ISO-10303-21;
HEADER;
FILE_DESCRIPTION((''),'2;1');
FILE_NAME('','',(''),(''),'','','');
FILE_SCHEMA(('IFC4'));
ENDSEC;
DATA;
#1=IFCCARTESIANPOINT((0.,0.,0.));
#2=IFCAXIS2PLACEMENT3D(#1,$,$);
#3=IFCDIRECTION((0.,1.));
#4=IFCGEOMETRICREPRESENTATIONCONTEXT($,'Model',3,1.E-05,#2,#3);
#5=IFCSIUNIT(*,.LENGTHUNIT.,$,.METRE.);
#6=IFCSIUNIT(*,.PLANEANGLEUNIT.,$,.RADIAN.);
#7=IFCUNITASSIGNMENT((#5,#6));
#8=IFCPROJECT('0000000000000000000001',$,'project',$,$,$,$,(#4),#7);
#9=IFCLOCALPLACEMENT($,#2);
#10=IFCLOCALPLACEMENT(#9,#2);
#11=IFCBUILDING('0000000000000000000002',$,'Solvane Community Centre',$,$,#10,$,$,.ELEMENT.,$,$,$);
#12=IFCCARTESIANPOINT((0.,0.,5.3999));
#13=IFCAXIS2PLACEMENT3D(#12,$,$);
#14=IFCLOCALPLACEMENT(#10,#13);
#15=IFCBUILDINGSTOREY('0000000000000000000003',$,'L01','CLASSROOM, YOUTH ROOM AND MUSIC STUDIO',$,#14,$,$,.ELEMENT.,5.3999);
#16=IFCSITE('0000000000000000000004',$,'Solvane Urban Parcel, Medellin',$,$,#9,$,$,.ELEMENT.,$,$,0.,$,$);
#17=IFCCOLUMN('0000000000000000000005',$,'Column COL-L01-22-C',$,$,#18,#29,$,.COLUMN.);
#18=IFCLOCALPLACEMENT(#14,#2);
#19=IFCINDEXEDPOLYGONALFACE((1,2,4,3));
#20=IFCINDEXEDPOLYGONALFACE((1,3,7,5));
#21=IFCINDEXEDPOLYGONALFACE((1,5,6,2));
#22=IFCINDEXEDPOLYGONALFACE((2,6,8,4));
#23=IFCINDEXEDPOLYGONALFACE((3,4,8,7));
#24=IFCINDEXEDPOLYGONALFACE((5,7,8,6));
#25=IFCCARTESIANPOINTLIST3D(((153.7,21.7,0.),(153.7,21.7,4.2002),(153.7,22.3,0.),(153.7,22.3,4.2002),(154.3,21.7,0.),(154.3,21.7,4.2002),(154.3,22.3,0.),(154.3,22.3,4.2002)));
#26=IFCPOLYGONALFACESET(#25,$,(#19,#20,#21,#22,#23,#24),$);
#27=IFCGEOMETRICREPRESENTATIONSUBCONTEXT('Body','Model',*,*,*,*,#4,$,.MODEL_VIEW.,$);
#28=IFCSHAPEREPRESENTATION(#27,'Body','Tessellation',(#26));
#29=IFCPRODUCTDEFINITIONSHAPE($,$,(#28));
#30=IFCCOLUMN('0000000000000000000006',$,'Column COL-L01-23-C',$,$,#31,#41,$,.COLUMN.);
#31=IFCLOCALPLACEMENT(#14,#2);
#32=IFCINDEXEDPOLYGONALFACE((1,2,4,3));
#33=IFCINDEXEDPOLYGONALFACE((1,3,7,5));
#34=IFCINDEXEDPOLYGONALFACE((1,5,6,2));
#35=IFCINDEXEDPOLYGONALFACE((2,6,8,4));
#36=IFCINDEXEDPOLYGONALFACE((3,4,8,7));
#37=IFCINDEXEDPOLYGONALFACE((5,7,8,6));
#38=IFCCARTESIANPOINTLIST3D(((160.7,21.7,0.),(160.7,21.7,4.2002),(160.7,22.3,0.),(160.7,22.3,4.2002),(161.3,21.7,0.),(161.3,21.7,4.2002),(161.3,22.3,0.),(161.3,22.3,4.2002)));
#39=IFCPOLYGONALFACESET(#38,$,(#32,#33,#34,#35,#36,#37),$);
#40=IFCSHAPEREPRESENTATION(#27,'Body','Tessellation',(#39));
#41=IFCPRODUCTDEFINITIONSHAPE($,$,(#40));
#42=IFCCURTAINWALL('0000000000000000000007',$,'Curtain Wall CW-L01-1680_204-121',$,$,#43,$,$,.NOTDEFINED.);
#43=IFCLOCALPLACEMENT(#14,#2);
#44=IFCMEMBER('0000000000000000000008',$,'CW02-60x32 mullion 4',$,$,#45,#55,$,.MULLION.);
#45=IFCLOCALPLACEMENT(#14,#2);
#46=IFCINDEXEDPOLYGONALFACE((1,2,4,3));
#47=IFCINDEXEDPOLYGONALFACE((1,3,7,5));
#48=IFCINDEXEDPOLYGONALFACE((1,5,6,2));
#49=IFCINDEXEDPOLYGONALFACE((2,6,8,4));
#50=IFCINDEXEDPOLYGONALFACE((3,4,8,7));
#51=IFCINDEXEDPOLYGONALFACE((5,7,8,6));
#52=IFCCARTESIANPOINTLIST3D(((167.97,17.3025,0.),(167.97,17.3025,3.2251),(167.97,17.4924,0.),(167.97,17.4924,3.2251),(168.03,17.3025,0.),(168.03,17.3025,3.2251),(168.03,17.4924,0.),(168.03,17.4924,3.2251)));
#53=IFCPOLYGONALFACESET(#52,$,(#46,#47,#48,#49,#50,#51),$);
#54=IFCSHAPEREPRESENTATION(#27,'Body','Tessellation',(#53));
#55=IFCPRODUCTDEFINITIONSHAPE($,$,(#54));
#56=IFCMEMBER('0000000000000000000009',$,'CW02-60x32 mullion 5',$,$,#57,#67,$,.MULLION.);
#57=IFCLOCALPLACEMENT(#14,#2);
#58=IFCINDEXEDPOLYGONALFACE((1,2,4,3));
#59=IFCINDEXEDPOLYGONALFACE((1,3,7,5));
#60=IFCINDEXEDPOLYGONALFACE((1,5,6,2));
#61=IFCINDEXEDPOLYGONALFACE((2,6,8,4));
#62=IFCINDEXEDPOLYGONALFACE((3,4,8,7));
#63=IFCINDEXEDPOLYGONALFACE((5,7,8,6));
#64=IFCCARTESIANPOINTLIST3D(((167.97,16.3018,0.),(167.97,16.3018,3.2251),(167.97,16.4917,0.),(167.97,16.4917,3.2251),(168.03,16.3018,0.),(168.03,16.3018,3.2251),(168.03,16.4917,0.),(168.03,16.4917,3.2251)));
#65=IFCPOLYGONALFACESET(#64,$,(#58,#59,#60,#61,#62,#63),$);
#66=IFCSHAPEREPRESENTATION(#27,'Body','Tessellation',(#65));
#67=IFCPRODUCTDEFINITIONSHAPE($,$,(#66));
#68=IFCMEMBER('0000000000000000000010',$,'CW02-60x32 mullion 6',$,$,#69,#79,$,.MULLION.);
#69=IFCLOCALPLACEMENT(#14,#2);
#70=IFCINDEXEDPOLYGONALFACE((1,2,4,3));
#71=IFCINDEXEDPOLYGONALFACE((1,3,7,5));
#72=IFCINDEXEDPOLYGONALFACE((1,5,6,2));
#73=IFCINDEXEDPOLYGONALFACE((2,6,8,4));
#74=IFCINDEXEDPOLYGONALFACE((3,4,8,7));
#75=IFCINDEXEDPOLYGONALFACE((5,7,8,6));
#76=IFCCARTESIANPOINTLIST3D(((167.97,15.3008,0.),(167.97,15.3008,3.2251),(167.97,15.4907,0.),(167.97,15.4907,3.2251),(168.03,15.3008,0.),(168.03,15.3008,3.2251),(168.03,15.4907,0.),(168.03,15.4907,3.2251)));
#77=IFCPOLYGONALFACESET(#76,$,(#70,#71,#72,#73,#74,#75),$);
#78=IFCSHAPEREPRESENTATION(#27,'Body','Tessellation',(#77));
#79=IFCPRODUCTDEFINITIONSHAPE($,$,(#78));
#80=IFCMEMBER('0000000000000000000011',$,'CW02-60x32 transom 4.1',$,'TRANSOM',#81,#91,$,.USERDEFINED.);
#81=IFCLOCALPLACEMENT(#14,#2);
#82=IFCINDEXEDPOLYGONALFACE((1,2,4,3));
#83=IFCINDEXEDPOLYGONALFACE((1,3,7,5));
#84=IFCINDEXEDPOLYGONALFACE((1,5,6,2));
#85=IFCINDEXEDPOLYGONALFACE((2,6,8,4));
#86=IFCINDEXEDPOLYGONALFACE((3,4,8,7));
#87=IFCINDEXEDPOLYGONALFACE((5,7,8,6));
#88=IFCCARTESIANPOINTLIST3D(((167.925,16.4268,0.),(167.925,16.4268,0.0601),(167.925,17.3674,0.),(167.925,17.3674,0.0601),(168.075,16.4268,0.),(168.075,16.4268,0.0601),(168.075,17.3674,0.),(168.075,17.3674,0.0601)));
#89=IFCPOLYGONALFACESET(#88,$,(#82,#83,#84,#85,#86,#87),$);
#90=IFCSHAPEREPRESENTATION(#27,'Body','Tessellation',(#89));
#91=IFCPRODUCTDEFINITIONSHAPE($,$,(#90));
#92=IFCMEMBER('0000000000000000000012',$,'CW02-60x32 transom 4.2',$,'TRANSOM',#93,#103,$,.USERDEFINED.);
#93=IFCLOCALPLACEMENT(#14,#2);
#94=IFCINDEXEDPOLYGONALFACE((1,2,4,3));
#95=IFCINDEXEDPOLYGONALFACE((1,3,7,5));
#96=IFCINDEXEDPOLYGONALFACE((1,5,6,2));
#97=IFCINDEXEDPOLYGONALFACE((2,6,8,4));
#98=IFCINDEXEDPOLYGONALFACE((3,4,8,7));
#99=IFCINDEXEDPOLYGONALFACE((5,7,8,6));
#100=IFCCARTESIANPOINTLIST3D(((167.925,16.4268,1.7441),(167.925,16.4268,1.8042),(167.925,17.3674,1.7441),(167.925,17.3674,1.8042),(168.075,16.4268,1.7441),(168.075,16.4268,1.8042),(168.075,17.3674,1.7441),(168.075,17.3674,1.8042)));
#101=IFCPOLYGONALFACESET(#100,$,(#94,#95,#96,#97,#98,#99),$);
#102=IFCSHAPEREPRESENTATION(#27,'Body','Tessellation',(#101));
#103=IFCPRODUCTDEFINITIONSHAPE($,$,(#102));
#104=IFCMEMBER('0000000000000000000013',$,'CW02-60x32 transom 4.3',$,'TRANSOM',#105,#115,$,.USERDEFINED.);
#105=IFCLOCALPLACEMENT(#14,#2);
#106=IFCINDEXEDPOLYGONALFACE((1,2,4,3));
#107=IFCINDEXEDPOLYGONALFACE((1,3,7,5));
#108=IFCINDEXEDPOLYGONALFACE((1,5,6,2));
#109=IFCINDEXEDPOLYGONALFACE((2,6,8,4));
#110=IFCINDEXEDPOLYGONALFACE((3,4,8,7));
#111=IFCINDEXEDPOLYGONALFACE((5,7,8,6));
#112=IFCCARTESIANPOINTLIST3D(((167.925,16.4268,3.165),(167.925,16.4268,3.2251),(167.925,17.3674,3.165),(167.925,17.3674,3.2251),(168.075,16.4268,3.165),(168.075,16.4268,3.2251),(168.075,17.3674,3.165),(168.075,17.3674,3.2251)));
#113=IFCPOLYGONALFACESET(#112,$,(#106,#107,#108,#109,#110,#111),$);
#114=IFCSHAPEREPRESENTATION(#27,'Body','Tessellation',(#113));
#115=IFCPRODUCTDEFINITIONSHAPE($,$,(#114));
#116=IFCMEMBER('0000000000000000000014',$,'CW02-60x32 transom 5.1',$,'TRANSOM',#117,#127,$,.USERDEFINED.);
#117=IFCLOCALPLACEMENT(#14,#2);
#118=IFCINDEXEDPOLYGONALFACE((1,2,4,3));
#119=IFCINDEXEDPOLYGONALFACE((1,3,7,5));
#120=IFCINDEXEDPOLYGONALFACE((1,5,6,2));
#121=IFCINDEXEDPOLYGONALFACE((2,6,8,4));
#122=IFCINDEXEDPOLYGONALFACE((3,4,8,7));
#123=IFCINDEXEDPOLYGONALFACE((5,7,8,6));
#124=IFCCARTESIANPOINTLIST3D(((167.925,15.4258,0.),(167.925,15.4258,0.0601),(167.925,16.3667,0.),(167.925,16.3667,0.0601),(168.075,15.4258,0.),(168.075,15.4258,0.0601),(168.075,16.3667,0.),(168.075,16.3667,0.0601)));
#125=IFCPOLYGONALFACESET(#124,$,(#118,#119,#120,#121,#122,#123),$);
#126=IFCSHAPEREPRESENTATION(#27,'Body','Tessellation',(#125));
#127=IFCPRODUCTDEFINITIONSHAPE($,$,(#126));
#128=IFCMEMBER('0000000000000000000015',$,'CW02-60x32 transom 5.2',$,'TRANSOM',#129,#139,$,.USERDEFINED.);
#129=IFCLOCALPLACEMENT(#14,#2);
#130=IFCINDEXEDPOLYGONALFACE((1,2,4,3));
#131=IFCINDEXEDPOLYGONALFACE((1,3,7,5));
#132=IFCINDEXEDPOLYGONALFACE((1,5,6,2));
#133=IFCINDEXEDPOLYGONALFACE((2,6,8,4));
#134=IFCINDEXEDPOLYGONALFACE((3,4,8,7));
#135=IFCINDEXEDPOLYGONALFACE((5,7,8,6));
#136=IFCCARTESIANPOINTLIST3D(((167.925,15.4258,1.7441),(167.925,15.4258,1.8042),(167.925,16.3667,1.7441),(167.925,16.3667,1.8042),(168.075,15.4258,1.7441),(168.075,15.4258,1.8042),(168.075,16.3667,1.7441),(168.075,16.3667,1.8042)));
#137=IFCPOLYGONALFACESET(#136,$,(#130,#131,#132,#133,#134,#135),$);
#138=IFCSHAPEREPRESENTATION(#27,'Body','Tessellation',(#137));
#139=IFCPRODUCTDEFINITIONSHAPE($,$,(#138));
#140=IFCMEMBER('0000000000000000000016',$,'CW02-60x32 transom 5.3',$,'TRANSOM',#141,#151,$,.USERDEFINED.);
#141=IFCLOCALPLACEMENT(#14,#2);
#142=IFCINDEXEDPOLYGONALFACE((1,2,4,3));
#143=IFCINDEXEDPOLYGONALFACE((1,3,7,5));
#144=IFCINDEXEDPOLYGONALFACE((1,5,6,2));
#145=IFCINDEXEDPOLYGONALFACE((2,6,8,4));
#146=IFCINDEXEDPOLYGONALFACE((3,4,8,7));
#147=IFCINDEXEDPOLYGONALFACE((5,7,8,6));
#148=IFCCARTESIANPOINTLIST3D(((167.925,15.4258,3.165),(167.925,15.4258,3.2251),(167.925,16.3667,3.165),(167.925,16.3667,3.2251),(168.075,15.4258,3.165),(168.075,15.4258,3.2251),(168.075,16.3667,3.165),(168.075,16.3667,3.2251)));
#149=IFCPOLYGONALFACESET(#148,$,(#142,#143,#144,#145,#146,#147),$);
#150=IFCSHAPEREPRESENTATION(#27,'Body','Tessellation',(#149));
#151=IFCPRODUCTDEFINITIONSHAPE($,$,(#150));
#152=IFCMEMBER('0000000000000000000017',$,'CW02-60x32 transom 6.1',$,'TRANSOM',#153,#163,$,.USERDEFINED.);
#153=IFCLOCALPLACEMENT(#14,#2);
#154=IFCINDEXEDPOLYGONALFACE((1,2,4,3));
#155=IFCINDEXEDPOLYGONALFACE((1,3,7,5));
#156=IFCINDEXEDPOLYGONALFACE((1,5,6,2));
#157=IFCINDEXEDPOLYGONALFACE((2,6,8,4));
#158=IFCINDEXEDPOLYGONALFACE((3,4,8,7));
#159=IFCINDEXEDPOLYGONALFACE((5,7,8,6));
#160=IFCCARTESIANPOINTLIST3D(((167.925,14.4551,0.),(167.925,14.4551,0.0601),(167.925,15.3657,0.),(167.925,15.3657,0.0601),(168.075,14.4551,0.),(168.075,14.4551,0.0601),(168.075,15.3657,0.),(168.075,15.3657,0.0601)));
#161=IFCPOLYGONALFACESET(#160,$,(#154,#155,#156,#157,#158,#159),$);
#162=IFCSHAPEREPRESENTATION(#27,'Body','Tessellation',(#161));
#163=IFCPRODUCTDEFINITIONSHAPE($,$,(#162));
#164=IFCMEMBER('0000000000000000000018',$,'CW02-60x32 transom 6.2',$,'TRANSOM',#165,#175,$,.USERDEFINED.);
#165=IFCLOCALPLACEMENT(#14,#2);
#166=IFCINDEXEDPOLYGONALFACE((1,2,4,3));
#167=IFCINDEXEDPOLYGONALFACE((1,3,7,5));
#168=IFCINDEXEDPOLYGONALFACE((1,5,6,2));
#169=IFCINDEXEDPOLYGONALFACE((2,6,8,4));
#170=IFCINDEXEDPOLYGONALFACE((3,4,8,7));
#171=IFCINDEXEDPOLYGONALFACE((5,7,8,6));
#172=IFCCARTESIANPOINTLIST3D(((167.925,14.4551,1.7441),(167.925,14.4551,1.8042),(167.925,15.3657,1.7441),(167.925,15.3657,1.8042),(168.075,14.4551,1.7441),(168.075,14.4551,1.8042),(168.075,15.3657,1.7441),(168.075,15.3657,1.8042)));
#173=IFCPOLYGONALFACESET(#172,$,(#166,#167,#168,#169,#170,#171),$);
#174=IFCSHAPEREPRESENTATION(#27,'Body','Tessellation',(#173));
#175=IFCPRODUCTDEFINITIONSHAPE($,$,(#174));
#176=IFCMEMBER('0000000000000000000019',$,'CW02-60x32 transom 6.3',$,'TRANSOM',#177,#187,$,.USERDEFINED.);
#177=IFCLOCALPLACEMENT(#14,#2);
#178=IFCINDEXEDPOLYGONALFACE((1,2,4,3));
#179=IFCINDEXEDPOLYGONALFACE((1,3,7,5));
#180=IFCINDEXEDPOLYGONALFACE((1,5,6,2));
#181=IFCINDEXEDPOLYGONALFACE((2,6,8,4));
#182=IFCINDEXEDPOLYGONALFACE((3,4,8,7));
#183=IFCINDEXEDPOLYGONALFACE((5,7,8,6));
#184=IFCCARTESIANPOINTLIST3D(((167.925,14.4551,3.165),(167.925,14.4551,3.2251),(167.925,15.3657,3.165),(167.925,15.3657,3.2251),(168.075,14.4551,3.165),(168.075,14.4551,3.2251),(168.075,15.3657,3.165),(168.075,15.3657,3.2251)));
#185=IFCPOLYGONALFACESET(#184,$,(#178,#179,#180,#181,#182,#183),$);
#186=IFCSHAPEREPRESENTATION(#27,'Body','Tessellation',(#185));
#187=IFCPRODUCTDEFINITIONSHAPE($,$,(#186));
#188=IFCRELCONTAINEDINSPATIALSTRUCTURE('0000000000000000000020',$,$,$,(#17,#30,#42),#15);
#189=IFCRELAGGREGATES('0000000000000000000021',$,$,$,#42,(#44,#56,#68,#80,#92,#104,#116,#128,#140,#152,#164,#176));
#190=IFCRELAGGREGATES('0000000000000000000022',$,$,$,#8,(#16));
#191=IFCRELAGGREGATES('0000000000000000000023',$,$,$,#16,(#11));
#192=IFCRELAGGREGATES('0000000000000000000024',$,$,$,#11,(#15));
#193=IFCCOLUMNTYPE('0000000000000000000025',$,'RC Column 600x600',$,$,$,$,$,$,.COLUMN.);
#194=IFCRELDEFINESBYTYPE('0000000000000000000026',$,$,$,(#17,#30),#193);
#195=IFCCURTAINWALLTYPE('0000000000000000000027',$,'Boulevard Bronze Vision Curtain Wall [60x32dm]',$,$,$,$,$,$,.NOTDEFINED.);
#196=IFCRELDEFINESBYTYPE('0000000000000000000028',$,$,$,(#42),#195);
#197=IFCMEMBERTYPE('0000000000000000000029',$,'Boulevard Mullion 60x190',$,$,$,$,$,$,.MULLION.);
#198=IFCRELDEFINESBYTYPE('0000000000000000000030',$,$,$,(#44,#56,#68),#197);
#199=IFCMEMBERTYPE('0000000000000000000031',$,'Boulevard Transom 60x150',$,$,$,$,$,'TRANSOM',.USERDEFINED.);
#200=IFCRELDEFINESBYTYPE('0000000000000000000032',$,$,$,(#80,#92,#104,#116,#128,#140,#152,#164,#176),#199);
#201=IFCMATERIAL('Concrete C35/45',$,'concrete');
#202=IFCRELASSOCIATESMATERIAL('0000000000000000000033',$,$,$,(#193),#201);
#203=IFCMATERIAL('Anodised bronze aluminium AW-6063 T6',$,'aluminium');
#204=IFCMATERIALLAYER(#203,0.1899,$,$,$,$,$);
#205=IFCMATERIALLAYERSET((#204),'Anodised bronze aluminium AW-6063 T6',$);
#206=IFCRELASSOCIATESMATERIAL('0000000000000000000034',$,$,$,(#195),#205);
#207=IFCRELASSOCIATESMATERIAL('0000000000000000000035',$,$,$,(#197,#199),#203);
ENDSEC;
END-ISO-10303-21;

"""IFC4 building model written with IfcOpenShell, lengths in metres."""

from ifc_helpers import new_model, si_unit, direction, frame, origin, origin_2d, place, context, subcontext, project, spatial, rectangle, extrude, material, layer, layer_set, material_profile, profile_set, type_object, element, aggregate, save


model = new_model("IFC4")

# Units and contexts
model_context = context("Model", 3, precision=1e-05, world=origin(), true_north=direction((0.0, 1.0)))
body_context = subcontext(model_context, "Body", "Model", "MODEL_VIEW")
ifc_project = project(units=[si_unit("LENGTHUNIT", "METRE"), si_unit("PLANEANGLEUNIT", "RADIAN")], contexts=[model_context])

# Site, building, storey
site_placement = place(None, origin())
site = spatial("IfcSite", under=ifc_project, at=site_placement, Name="Solvane Urban Parcel, Medellin", CompositionType="ELEMENT", RefElevation=0.0)
building_placement = place(site_placement, origin())
building = spatial("IfcBuilding", under=site, at=building_placement, Name="Solvane Community Centre", CompositionType="ELEMENT")
storey_placement = place(building_placement, frame((0.0, 0.0, 5.3999)))
storey = spatial("IfcBuildingStorey", under=building, at=storey_placement, Name="L01", Description="CLASSROOM, YOUTH ROOM AND MUSIC STUDIO", CompositionType="ELEMENT", Elevation=5.3999)

# Columns
ifc_material_1 = material(Name="Concrete C35/45", Category="concrete")
ifc_material_profile_1 = material_profile(ifc_material_1, rectangle(XDim=0.6001, YDim=0.6001, at=origin_2d()), Name="RC 600x600")
ifc_profile_set_1 = profile_set([ifc_material_profile_1], Name="Concrete C35/45")
column_type = type_object("IfcColumnType", Name="RC Column 600x600", PredefinedType="COLUMN", material=ifc_profile_set_1)
for number, where, z_axis, x_axis, name in (
    (1, (154.0, 22.0, 0.0), (0.0, 0.0, 1.0), (1.0, 0.0, 0.0), "Column COL-L01-22-C"),
    (2, (161.0, 22.0, 0.0), (0.0, 0.0, 1.0), (1.0, 0.0, 0.0), "Column COL-L01-23-C"),
):
    element("IfcColumn", number, at=place(storey_placement, frame(where, z_axis=z_axis, x_axis=x_axis)), inside=storey, type_object=column_type, Name=name, PredefinedType="COLUMN", context=body_context, shape_type="SweptSolid", body=[
        extrude(rectangle(XDim=0.6001, YDim=0.6001, at=origin_2d()), origin(), (0.0, 0.0, 1.0), 4.2002),
    ])

# Curtain wall, members
ifc_material_2 = material(Name="Anodised bronze aluminium AW-6063 T6", Category="aluminium")
ifc_layer_1 = layer(ifc_material_2, 0.1899)
ifc_layer_set_1 = layer_set([ifc_layer_1], Name="Anodised bronze aluminium AW-6063 T6")
curtain_wall_type = type_object("IfcCurtainWallType", Name="Boulevard Bronze Vision Curtain Wall [60x32dm]", PredefinedType="NOTDEFINED", material=ifc_layer_set_1)
curtain_wall_placement = place(storey_placement, origin())
curtain_wall = element("IfcCurtainWall", 3, at=curtain_wall_placement, inside=storey, type_object=curtain_wall_type, Name="Curtain Wall CW-L01-1680_204-121", PredefinedType="NOTDEFINED")
ifc_material_profile_2 = material_profile(ifc_material_2, rectangle(XDim=0.0601, YDim=0.1899, at=origin_2d()), Name="CW-M 60x190")
ifc_profile_set_2 = profile_set([ifc_material_profile_2], Name="Anodised bronze aluminium AW-6063 T6")
member_type_1 = type_object("IfcMemberType", Name="Boulevard Mullion 60x190", PredefinedType="MULLION", material=ifc_profile_set_2)
member_1_placement = place(storey_placement, frame((168.0, 17.3975, 0.0), z_axis=(0.0, 0.0, 1.0), x_axis=(1.0, 0.0, 0.0)))
member_1 = element("IfcMember", 4, at=member_1_placement, type_object=member_type_1, Name="CW02-60x32 mullion 4", PredefinedType="MULLION", context=body_context, shape_type="SweptSolid", body=[
    extrude(rectangle(XDim=0.0601, YDim=0.1899, at=origin_2d()), origin(), (0.0, 0.0, 1.0), 3.2251),
])
member_2_placement = place(storey_placement, frame((168.0, 16.3967, 0.0), z_axis=(0.0, 0.0, 1.0), x_axis=(1.0, 0.0, 0.0)))
member_2 = element("IfcMember", 5, at=member_2_placement, type_object=member_type_1, Name="CW02-60x32 mullion 5", PredefinedType="MULLION", context=body_context, shape_type="SweptSolid", body=[
    extrude(rectangle(XDim=0.0601, YDim=0.1899, at=origin_2d()), origin(), (0.0, 0.0, 1.0), 3.2251),
])
member_3_placement = place(storey_placement, frame((168.0, 15.3958, 0.0), z_axis=(0.0, 0.0, 1.0), x_axis=(1.0, 0.0, 0.0)))
member_3 = element("IfcMember", 6, at=member_3_placement, type_object=member_type_1, Name="CW02-60x32 mullion 6", PredefinedType="MULLION", context=body_context, shape_type="SweptSolid", body=[
    extrude(rectangle(XDim=0.0601, YDim=0.1899, at=origin_2d()), origin(), (0.0, 0.0, 1.0), 3.2251),
])
ifc_material_profile_3 = material_profile(ifc_material_2, rectangle(XDim=0.1499, YDim=0.0601, at=origin_2d()), Name="CW-T 60x150")
ifc_profile_set_3 = profile_set([ifc_material_profile_3], Name="Anodised bronze aluminium AW-6063 T6")
member_type_2 = type_object("IfcMemberType", Name="Boulevard Transom 60x150", ElementType="TRANSOM", PredefinedType="USERDEFINED", material=ifc_profile_set_3)
member_4_placement = place(storey_placement, frame((168.0, 17.3674, 0.03), z_axis=(0.0, -1.0, 0.0), x_axis=(1.0, 0.0, 0.0)))
member_4 = element("IfcMember", 7, at=member_4_placement, type_object=member_type_2, Name="CW02-60x32 transom 4.1", ObjectType="TRANSOM", PredefinedType="USERDEFINED", context=body_context, shape_type="SweptSolid", body=[
    extrude(rectangle(XDim=0.1499, YDim=0.0601, at=origin_2d()), origin(), (0.0, 0.0, 1.0), 0.9407),
])
member_5_placement = place(storey_placement, frame((168.0, 17.3674, 1.7742), z_axis=(0.0, -1.0, 0.0), x_axis=(1.0, 0.0, 0.0)))
member_5 = element("IfcMember", 8, at=member_5_placement, type_object=member_type_2, Name="CW02-60x32 transom 4.2", ObjectType="TRANSOM", PredefinedType="USERDEFINED", context=body_context, shape_type="SweptSolid", body=[
    extrude(rectangle(XDim=0.1499, YDim=0.0601, at=origin_2d()), origin(), (0.0, 0.0, 1.0), 0.9407),
])
member_6_placement = place(storey_placement, frame((168.0, 17.3674, 3.1951), z_axis=(0.0, -1.0, 0.0), x_axis=(1.0, 0.0, 0.0)))
member_6 = element("IfcMember", 9, at=member_6_placement, type_object=member_type_2, Name="CW02-60x32 transom 4.3", ObjectType="TRANSOM", PredefinedType="USERDEFINED", context=body_context, shape_type="SweptSolid", body=[
    extrude(rectangle(XDim=0.1499, YDim=0.0601, at=origin_2d()), origin(), (0.0, 0.0, 1.0), 0.9407),
])
member_7_placement = place(storey_placement, frame((168.0, 16.3667, 0.03), z_axis=(0.0, -1.0, 0.0), x_axis=(1.0, 0.0, 0.0)))
member_7 = element("IfcMember", 10, at=member_7_placement, type_object=member_type_2, Name="CW02-60x32 transom 5.1", ObjectType="TRANSOM", PredefinedType="USERDEFINED", context=body_context, shape_type="SweptSolid", body=[
    extrude(rectangle(XDim=0.1499, YDim=0.0601, at=origin_2d()), origin(), (0.0, 0.0, 1.0), 0.9409),
])
member_8_placement = place(storey_placement, frame((168.0, 16.3667, 1.7742), z_axis=(0.0, -1.0, 0.0), x_axis=(1.0, 0.0, 0.0)))
member_8 = element("IfcMember", 11, at=member_8_placement, type_object=member_type_2, Name="CW02-60x32 transom 5.2", ObjectType="TRANSOM", PredefinedType="USERDEFINED", context=body_context, shape_type="SweptSolid", body=[
    extrude(rectangle(XDim=0.1499, YDim=0.0601, at=origin_2d()), origin(), (0.0, 0.0, 1.0), 0.9409),
])
member_9_placement = place(storey_placement, frame((168.0, 16.3667, 3.1951), z_axis=(0.0, -1.0, 0.0), x_axis=(1.0, 0.0, 0.0)))
member_9 = element("IfcMember", 12, at=member_9_placement, type_object=member_type_2, Name="CW02-60x32 transom 5.3", ObjectType="TRANSOM", PredefinedType="USERDEFINED", context=body_context, shape_type="SweptSolid", body=[
    extrude(rectangle(XDim=0.1499, YDim=0.0601, at=origin_2d()), origin(), (0.0, 0.0, 1.0), 0.9409),
])
member_10_placement = place(storey_placement, frame((168.0, 15.3657, 0.03), z_axis=(0.0, -1.0, 0.0), x_axis=(1.0, 0.0, 0.0)))
member_10 = element("IfcMember", 13, at=member_10_placement, type_object=member_type_2, Name="CW02-60x32 transom 6.1", ObjectType="TRANSOM", PredefinedType="USERDEFINED", context=body_context, shape_type="SweptSolid", body=[
    extrude(rectangle(XDim=0.1499, YDim=0.0601, at=origin_2d()), origin(), (0.0, 0.0, 1.0), 0.9106),
])
member_11_placement = place(storey_placement, frame((168.0, 15.3657, 1.7742), z_axis=(0.0, -1.0, 0.0), x_axis=(1.0, 0.0, 0.0)))
member_11 = element("IfcMember", 14, at=member_11_placement, type_object=member_type_2, Name="CW02-60x32 transom 6.2", ObjectType="TRANSOM", PredefinedType="USERDEFINED", context=body_context, shape_type="SweptSolid", body=[
    extrude(rectangle(XDim=0.1499, YDim=0.0601, at=origin_2d()), origin(), (0.0, 0.0, 1.0), 0.9106),
])
member_12_placement = place(storey_placement, frame((168.0, 15.3657, 3.1951), z_axis=(0.0, -1.0, 0.0), x_axis=(1.0, 0.0, 0.0)))
member_12 = element("IfcMember", 15, at=member_12_placement, type_object=member_type_2, Name="CW02-60x32 transom 6.3", ObjectType="TRANSOM", PredefinedType="USERDEFINED", context=body_context, shape_type="SweptSolid", body=[
    extrude(rectangle(XDim=0.1499, YDim=0.0601, at=origin_2d()), origin(), (0.0, 0.0, 1.0), 0.9106),
])

aggregate(curtain_wall, [member_1, member_2, member_3, member_4, member_5, member_6, member_7, member_8, member_9, member_10, member_11, member_12])

save(model, "model.ifc")
